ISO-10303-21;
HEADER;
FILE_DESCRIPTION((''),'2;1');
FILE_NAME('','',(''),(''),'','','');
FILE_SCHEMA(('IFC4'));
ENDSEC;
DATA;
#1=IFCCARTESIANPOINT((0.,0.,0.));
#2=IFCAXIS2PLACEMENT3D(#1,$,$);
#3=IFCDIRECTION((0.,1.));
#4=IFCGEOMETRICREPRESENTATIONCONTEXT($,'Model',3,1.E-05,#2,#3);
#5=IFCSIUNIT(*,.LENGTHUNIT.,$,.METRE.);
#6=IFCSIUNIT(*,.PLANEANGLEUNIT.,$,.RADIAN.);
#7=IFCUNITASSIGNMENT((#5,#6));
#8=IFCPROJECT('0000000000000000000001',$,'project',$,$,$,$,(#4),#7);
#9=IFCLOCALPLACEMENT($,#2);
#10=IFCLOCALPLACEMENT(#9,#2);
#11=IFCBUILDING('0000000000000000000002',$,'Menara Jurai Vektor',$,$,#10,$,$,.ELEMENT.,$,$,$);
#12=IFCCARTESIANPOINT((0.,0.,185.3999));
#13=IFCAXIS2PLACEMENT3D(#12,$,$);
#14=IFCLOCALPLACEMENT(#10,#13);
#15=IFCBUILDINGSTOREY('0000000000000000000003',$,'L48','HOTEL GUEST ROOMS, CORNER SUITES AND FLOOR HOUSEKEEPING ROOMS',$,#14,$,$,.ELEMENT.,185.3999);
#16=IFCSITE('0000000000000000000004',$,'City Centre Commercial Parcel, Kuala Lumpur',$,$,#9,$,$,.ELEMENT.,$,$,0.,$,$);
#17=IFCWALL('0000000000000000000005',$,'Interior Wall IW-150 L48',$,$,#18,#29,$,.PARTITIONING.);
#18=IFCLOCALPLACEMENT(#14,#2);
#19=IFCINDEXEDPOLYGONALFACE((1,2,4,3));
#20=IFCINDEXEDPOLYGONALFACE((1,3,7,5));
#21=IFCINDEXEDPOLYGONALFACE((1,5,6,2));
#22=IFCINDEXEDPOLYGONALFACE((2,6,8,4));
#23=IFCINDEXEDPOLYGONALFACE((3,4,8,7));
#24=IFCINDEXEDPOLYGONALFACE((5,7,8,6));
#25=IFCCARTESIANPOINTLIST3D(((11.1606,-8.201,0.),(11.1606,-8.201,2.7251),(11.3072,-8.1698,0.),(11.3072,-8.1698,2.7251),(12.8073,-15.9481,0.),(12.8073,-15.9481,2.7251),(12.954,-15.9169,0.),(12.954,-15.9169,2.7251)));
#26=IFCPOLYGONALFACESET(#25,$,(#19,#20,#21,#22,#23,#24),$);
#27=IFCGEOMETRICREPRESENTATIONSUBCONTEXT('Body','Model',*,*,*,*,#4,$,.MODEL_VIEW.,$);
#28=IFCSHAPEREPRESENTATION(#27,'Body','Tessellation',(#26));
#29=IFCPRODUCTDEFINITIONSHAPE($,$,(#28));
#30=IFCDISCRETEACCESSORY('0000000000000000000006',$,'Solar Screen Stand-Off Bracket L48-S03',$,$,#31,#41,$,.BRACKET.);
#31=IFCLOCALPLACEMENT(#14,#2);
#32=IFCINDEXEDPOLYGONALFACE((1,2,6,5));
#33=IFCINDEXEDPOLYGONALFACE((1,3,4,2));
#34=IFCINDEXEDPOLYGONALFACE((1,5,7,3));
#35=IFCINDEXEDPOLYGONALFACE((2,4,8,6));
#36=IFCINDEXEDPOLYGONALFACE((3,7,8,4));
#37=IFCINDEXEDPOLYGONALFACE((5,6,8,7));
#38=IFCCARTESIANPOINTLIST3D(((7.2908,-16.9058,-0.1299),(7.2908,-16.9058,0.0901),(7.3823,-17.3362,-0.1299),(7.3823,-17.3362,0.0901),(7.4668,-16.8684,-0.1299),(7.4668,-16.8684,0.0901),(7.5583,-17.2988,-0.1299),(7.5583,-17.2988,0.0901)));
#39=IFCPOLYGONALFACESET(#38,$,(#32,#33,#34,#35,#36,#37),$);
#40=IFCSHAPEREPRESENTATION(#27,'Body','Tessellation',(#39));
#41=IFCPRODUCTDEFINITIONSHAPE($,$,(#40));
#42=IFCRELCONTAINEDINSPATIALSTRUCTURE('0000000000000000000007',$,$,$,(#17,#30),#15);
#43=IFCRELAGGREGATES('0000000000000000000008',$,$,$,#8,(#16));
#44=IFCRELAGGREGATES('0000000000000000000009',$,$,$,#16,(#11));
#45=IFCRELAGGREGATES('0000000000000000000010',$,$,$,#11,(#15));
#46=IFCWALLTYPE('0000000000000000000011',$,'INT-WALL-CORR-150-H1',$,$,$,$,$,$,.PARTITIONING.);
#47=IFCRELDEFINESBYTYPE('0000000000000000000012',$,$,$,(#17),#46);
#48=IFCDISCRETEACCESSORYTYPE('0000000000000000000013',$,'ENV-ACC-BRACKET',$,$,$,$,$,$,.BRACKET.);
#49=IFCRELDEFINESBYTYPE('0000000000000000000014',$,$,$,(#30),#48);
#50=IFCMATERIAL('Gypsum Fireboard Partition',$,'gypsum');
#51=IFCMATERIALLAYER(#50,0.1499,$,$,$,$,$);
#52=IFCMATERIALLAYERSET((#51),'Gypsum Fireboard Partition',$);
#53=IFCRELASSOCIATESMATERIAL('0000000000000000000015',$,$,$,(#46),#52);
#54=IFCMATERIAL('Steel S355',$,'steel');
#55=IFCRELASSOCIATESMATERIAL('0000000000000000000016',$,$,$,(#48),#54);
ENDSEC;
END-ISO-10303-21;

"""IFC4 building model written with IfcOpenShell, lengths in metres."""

from ifc_helpers import new_model, si_unit, direction, frame, frame_2d, origin, origin_2d, place, context, subcontext, project, spatial, rectangle, extrude, material, layer, layer_set, type_object, element, save


model = new_model("IFC4")

# Units and contexts
model_context = context("Model", 3, precision=1e-05, world=origin(), true_north=direction((0.0, 1.0)))
body_context = subcontext(model_context, "Body", "Model", "MODEL_VIEW")
ifc_project = project(units=[si_unit("LENGTHUNIT", "METRE"), si_unit("PLANEANGLEUNIT", "RADIAN")], contexts=[model_context])

# Site, building, storey
site_placement = place(None, origin())
site = spatial("IfcSite", under=ifc_project, at=site_placement, Name="City Centre Commercial Parcel, Kuala Lumpur", CompositionType="ELEMENT", RefElevation=0.0)
building_placement = place(site_placement, origin())
building = spatial("IfcBuilding", under=site, at=building_placement, Name="Menara Jurai Vektor", CompositionType="ELEMENT")
storey_placement = place(building_placement, frame((0.0, 0.0, 185.3999)))
storey = spatial("IfcBuildingStorey", under=building, at=storey_placement, Name="L48", Description="HOTEL GUEST ROOMS, CORNER SUITES AND FLOOR HOUSEKEEPING ROOMS", CompositionType="ELEMENT", Elevation=185.3999)

# Shared definitions
ifc_material_1 = material(Name="Steel S355", Category="steel")

# Shared definitions
ifc_material_2 = material(Name="Gypsum Fireboard Partition", Category="gypsum")

# Wall
ifc_layer_1 = layer(ifc_material_2, 0.1499)
ifc_layer_set_1 = layer_set([ifc_layer_1], Name="Gypsum Fireboard Partition")
wall_type_1 = type_object("IfcWallType", Name="INT-WALL-CORR-150-H1", PredefinedType="PARTITIONING", material=ifc_layer_set_1)
wall_1_placement = place(storey_placement, frame((12.8806, -15.9324, 0.0), z_axis=(0.0, 0.0, 1.0), x_axis=(-0.207916, 0.978147, 0.0)))
element("IfcWall", 1, at=wall_1_placement, inside=storey, type_object=wall_type_1, Name="Interior Wall IW-150 L48", PredefinedType="PARTITIONING", context=body_context, shape_type="SweptSolid", body=[
    extrude(rectangle(XDim=7.9202, YDim=0.1499, at=frame_2d((3.96, 0.0))), origin(), (0.0, 0.0, 1.0), 2.7251),
])

# Discrete accessory
discrete_accessory_type = type_object("IfcDiscreteAccessoryType", Name="ENV-ACC-BRACKET", PredefinedType="BRACKET", material=ifc_material_1)
discrete_accessory_placement = place(storey_placement, frame((7.4246, -17.1023, -0.1299), z_axis=(0.0, 0.0, 1.0), x_axis=(0.978148, 0.207912, 0.0)))
element("IfcDiscreteAccessory", 2, at=discrete_accessory_placement, inside=storey, type_object=discrete_accessory_type, Name="Solar Screen Stand-Off Bracket L48-S03", PredefinedType="BRACKET", context=body_context, shape_type="SweptSolid", body=[
    extrude(rectangle(XDim=0.1799, YDim=0.4399, at=origin_2d()), origin(), (0.0, 0.0, 1.0), 0.22),
])

save(model, "model.ifc")
